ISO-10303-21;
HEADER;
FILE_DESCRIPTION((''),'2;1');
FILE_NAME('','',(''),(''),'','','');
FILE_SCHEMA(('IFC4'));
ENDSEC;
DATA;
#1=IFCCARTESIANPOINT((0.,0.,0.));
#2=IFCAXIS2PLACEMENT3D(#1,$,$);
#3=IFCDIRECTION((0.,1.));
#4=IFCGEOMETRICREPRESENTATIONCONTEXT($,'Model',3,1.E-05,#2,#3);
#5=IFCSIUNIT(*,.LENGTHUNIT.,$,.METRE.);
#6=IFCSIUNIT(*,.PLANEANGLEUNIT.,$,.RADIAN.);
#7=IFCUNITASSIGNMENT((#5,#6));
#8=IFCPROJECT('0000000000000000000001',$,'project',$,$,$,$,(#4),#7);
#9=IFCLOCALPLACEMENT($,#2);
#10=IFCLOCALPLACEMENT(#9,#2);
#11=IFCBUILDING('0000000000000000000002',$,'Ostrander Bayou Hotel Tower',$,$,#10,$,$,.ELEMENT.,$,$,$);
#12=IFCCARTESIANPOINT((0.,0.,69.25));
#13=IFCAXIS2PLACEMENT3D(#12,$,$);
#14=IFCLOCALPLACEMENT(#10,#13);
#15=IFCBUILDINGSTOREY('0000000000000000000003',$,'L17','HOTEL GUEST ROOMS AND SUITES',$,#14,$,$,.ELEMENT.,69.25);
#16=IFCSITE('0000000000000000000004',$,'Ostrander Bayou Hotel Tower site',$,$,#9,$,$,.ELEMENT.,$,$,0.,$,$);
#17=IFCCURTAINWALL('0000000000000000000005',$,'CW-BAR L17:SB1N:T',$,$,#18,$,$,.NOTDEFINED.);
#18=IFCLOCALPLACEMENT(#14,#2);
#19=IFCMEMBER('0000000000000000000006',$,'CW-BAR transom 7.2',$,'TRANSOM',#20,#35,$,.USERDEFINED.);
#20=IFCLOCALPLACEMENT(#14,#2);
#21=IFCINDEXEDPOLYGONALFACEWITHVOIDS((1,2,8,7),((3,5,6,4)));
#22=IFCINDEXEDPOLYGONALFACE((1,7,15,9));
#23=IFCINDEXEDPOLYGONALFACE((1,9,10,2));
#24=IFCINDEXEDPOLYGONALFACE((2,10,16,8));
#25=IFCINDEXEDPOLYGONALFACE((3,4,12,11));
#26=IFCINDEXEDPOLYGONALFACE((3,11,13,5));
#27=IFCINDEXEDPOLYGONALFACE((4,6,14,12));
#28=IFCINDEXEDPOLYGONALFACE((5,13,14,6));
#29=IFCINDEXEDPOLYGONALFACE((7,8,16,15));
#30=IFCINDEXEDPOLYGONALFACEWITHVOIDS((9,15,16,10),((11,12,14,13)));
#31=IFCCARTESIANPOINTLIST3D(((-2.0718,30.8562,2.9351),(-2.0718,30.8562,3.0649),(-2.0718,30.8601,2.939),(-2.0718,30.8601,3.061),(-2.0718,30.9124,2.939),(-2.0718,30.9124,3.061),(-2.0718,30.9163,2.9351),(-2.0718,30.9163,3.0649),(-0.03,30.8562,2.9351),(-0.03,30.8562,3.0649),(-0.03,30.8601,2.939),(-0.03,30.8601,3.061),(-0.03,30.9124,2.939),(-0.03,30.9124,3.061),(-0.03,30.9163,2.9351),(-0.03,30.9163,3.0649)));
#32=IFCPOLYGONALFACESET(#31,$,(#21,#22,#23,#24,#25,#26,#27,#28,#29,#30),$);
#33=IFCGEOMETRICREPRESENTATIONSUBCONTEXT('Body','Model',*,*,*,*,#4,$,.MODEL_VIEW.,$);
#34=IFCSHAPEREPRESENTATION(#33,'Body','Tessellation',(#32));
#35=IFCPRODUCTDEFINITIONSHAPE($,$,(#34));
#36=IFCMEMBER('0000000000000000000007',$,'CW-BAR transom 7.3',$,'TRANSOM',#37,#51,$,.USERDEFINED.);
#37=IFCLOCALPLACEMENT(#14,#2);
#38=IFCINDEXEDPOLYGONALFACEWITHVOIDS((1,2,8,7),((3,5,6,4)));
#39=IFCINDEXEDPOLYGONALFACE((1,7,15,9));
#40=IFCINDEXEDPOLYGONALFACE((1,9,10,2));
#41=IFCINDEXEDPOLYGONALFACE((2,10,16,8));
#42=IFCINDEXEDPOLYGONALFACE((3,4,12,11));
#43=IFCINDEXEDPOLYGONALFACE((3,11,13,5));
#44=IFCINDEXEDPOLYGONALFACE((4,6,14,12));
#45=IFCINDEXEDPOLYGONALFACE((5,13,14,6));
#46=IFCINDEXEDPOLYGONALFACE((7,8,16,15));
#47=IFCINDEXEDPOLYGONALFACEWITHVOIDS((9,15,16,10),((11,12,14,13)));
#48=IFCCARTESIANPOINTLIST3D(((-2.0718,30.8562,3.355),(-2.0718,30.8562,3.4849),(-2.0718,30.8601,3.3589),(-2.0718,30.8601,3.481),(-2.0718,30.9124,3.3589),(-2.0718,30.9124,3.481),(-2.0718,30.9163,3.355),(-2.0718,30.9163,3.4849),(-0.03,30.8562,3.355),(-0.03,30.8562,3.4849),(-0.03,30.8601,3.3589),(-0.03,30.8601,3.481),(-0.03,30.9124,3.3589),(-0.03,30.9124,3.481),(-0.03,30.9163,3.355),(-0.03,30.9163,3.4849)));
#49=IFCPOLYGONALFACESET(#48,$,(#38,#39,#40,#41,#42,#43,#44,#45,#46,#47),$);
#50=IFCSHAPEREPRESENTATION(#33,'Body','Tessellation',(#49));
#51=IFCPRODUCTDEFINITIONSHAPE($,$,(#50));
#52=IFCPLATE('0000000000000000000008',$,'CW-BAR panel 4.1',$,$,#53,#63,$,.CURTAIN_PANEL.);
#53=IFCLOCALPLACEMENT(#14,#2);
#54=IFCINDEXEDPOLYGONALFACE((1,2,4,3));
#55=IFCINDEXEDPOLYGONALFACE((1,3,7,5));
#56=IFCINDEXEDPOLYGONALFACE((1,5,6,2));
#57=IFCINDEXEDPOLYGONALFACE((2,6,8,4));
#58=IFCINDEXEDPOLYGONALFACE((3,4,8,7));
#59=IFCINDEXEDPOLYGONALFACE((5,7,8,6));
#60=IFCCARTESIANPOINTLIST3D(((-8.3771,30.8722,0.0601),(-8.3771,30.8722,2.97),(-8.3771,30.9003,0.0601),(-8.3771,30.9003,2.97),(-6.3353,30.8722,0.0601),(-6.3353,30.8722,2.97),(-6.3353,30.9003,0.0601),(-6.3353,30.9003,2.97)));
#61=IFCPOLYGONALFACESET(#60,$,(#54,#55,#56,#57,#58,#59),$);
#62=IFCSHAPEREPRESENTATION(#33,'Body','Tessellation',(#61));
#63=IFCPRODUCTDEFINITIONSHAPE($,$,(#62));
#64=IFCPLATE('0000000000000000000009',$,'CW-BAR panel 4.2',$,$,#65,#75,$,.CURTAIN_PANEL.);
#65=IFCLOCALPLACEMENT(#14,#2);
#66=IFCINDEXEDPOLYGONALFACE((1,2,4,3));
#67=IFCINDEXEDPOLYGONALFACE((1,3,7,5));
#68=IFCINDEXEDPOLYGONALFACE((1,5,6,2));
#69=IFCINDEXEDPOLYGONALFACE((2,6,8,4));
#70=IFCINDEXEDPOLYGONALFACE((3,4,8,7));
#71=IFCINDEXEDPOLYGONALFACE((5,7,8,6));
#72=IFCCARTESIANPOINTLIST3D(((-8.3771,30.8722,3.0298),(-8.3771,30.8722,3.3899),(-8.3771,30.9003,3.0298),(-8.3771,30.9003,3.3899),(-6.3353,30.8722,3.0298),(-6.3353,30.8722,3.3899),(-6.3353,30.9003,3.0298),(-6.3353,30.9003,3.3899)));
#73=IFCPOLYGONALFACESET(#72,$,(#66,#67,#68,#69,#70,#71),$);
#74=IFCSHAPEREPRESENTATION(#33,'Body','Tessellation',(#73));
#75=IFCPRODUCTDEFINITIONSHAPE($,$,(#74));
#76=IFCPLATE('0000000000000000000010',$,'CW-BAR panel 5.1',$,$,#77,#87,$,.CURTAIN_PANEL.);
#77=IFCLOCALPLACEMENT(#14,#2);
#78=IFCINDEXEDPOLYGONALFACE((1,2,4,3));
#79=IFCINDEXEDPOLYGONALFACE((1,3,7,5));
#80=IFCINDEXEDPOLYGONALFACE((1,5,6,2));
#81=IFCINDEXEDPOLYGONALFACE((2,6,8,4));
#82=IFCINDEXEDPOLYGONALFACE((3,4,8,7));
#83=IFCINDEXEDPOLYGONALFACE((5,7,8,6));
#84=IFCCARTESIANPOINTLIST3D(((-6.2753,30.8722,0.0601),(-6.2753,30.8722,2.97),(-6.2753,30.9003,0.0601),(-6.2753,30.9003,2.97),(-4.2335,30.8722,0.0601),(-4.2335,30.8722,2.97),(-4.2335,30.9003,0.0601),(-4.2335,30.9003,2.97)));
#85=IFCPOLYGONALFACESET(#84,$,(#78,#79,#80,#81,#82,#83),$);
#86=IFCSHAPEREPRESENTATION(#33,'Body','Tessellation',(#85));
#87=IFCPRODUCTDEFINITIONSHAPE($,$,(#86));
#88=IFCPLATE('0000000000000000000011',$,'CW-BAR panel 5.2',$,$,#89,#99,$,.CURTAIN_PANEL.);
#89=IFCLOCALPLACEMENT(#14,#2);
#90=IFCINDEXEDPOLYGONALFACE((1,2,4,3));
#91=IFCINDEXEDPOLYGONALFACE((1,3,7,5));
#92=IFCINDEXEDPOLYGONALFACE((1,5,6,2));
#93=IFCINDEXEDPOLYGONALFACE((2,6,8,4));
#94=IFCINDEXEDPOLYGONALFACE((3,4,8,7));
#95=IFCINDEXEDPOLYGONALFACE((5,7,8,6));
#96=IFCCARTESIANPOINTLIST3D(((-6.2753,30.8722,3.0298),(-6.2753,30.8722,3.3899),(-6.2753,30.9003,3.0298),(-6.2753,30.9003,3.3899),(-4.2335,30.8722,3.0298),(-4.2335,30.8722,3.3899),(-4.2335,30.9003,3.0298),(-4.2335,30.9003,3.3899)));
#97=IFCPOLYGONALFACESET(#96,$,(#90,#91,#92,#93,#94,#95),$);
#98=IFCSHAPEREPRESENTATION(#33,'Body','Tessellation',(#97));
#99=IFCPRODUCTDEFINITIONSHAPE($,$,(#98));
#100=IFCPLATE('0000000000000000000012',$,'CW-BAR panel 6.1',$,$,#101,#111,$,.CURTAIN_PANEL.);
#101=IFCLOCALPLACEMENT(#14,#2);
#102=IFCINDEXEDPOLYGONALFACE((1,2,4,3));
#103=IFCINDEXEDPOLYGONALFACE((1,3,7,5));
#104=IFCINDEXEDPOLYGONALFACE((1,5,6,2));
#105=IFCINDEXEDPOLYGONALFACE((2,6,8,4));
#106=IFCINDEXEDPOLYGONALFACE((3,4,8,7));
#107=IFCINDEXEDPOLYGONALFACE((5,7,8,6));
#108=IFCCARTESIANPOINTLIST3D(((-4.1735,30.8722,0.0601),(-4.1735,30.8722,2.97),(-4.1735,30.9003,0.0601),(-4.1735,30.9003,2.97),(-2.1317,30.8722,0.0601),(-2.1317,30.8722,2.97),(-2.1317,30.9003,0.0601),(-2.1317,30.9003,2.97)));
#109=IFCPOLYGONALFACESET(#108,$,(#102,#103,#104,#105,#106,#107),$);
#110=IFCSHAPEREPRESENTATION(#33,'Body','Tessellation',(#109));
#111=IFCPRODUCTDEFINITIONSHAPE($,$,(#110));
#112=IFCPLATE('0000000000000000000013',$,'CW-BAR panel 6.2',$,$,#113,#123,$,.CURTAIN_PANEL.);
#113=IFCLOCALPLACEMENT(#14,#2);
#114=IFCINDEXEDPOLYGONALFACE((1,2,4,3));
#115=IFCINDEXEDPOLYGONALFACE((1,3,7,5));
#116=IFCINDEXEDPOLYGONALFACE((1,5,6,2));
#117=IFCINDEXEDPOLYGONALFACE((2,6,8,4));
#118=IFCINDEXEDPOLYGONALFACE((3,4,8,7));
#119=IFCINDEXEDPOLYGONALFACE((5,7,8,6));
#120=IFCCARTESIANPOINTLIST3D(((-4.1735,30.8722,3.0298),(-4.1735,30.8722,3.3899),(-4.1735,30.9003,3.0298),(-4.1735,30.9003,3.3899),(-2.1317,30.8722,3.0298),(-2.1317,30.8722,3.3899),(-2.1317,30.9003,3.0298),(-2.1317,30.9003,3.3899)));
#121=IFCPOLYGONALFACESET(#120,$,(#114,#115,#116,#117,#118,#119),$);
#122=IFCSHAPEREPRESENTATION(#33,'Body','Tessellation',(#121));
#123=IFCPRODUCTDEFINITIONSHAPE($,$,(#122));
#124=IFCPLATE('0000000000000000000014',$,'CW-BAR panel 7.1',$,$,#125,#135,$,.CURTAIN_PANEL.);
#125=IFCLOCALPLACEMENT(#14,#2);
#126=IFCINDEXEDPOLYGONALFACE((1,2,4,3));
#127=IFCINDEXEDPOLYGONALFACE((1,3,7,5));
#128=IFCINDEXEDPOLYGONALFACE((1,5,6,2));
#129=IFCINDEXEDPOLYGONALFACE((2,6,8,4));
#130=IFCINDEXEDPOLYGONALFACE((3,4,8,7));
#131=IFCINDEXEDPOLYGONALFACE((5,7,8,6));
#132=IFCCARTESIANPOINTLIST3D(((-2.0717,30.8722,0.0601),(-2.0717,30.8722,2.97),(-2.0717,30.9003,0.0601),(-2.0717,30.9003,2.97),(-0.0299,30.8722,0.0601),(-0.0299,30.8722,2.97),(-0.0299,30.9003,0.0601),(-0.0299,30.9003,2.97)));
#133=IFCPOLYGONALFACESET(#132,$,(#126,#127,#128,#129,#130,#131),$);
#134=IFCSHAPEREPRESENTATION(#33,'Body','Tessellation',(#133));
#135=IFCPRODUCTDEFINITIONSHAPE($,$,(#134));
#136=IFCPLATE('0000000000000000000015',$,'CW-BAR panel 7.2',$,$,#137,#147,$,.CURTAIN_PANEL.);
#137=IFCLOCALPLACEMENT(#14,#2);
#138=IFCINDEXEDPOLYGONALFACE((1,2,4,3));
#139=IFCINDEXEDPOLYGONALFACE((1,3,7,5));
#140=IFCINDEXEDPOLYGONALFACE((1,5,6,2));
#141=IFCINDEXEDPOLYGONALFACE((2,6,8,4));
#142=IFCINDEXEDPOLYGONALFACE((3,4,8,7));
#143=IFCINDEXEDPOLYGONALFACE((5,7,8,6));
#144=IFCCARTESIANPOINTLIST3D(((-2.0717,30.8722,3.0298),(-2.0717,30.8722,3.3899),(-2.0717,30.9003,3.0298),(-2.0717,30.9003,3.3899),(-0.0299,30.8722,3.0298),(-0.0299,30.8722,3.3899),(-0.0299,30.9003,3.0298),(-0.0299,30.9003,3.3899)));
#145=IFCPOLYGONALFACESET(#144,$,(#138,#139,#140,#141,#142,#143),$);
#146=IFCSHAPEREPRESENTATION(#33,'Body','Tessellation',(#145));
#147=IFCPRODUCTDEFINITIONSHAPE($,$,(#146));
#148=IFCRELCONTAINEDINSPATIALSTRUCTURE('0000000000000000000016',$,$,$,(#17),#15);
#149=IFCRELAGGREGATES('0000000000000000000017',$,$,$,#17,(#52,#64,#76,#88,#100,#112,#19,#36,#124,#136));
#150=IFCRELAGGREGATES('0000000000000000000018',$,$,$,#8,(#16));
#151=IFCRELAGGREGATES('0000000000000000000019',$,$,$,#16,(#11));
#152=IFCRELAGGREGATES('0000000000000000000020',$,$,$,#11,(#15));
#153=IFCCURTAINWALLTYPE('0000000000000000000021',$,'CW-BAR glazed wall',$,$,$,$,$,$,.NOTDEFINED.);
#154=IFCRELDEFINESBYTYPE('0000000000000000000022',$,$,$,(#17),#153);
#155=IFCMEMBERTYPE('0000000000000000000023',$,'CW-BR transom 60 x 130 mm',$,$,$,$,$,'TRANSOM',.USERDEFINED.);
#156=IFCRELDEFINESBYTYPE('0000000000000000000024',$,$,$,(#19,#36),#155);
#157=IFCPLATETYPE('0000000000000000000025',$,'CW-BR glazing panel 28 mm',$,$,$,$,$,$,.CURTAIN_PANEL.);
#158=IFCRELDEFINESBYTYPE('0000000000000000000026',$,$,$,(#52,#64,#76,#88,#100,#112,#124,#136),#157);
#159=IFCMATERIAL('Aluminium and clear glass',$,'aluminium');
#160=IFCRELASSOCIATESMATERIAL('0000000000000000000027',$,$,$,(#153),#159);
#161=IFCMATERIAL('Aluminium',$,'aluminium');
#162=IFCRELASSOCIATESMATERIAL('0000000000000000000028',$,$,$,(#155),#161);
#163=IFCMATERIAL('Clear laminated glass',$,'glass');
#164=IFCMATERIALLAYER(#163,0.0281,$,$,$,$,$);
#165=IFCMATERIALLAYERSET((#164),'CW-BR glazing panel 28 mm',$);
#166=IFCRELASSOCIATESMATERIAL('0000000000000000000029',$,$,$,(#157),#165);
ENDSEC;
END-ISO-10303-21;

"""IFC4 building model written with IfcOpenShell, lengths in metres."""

from ifc_helpers import new_model, si_unit, direction, frame, origin, origin_2d, place, context, subcontext, project, spatial, rectangle, hollow_rectangle, extrude, material, layer, layer_set, material_profile, profile_set, type_object, element, aggregate, save


model = new_model("IFC4")

# Units and contexts
model_context = context("Model", 3, precision=1e-05, world=origin(), true_north=direction((0.0, 1.0)))
body_context = subcontext(model_context, "Body", "Model", "MODEL_VIEW")
ifc_project = project(units=[si_unit("LENGTHUNIT", "METRE"), si_unit("PLANEANGLEUNIT", "RADIAN")], contexts=[model_context])

# Site, building, storey
site_placement = place(None, origin())
site = spatial("IfcSite", under=ifc_project, at=site_placement, Name="Ostrander Bayou Hotel Tower site", CompositionType="ELEMENT", RefElevation=0.0)
building_placement = place(site_placement, origin())
building = spatial("IfcBuilding", under=site, at=building_placement, Name="Ostrander Bayou Hotel Tower", CompositionType="ELEMENT")
storey_placement = place(building_placement, frame((0.0, 0.0, 69.25)))
storey = spatial("IfcBuildingStorey", under=building, at=storey_placement, Name="L17", Description="HOTEL GUEST ROOMS AND SUITES", CompositionType="ELEMENT", Elevation=69.25)

# Curtain wall, members, plates
ifc_material_1 = material(Name="Aluminium and clear glass", Category="aluminium")
curtain_wall_type = type_object("IfcCurtainWallType", Name="CW-BAR glazed wall", PredefinedType="NOTDEFINED", material=ifc_material_1)
curtain_wall_placement = place(storey_placement, origin())
curtain_wall = element("IfcCurtainWall", 1, at=curtain_wall_placement, inside=storey, type_object=curtain_wall_type, Name="CW-BAR L17:SB1N:T", PredefinedType="NOTDEFINED")
ifc_material_2 = material(Name="Aluminium", Category="aluminium")
ifc_material_profile_1 = material_profile(ifc_material_2, hollow_rectangle(XDim=0.0601, YDim=0.1299, WallThickness=0.0039, at=origin_2d()))
ifc_profile_set_1 = profile_set([ifc_material_profile_1], Name="Aluminium")
member_type_1 = type_object("IfcMemberType", Name="CW-BR transom 60 x 130 mm", ElementType="TRANSOM", PredefinedType="USERDEFINED", material=ifc_profile_set_1)
member_1_placement = place(storey_placement, frame((-2.0718, 30.8862, 3.0), z_axis=(1.0, 0.0, 0.0), x_axis=(0.0, 1.0, 0.0)))
member_1 = element("IfcMember", 2, at=member_1_placement, type_object=member_type_1, Name="CW-BAR transom 7.2", ObjectType="TRANSOM", PredefinedType="USERDEFINED", context=body_context, shape_type="SweptSolid", body=[
    extrude(hollow_rectangle(XDim=0.0601, YDim=0.1299, WallThickness=0.0039, at=origin_2d()), origin(), (0.0, 0.0, 1.0), 2.0417),
])
member_2_placement = place(storey_placement, frame((-2.0718, 30.8862, 3.4199), z_axis=(1.0, 0.0, 0.0), x_axis=(0.0, 1.0, 0.0)))
member_2 = element("IfcMember", 3, at=member_2_placement, type_object=member_type_1, Name="CW-BAR transom 7.3", ObjectType="TRANSOM", PredefinedType="USERDEFINED", context=body_context, shape_type="SweptSolid", body=[
    extrude(hollow_rectangle(XDim=0.0601, YDim=0.1299, WallThickness=0.0039, at=origin_2d()), origin(), (0.0, 0.0, 1.0), 2.0417),
])
ifc_material_3 = material(Name="Clear laminated glass", Category="glass")
ifc_layer = layer(ifc_material_3, 0.0281)
ifc_layer_set = layer_set([ifc_layer], Name="CW-BR glazing panel 28 mm")
plate_type = type_object("IfcPlateType", Name="CW-BR glazing panel 28 mm", PredefinedType="CURTAIN_PANEL", material=ifc_layer_set)
plate_1_placement = place(storey_placement, frame((-7.3562, 30.8862, 0.0601), z_axis=(0.0, 0.0, 1.0), x_axis=(1.0, 0.0, 0.0)))
plate_1 = element("IfcPlate", 4, at=plate_1_placement, type_object=plate_type, Name="CW-BAR panel 4.1", PredefinedType="CURTAIN_PANEL", context=body_context, shape_type="SweptSolid", body=[
    extrude(rectangle(XDim=2.0417, YDim=0.0281, at=origin_2d()), origin(), (0.0, 0.0, 1.0), 2.9099),
])
plate_2_placement = place(storey_placement, frame((-7.3562, 30.8862, 3.0298), z_axis=(0.0, 0.0, 1.0), x_axis=(1.0, 0.0, 0.0)))
plate_2 = element("IfcPlate", 5, at=plate_2_placement, type_object=plate_type, Name="CW-BAR panel 4.2", PredefinedType="CURTAIN_PANEL", context=body_context, shape_type="SweptSolid", body=[
    extrude(rectangle(XDim=2.0417, YDim=0.0281, at=origin_2d()), origin(), (0.0, 0.0, 1.0), 0.3601),
])
plate_3_placement = place(storey_placement, frame((-5.2544, 30.8862, 0.0601), z_axis=(0.0, 0.0, 1.0), x_axis=(1.0, 0.0, 0.0)))
plate_3 = element("IfcPlate", 6, at=plate_3_placement, type_object=plate_type, Name="CW-BAR panel 5.1", PredefinedType="CURTAIN_PANEL", context=body_context, shape_type="SweptSolid", body=[
    extrude(rectangle(XDim=2.0417, YDim=0.0281, at=origin_2d()), origin(), (0.0, 0.0, 1.0), 2.9099),
])
plate_4_placement = place(storey_placement, frame((-5.2544, 30.8862, 3.0298), z_axis=(0.0, 0.0, 1.0), x_axis=(1.0, 0.0, 0.0)))
plate_4 = element("IfcPlate", 7, at=plate_4_placement, type_object=plate_type, Name="CW-BAR panel 5.2", PredefinedType="CURTAIN_PANEL", context=body_context, shape_type="SweptSolid", body=[
    extrude(rectangle(XDim=2.0417, YDim=0.0281, at=origin_2d()), origin(), (0.0, 0.0, 1.0), 0.3601),
])
plate_5_placement = place(storey_placement, frame((-3.1526, 30.8862, 0.0601), z_axis=(0.0, 0.0, 1.0), x_axis=(1.0, 0.0, 0.0)))
plate_5 = element("IfcPlate", 8, at=plate_5_placement, type_object=plate_type, Name="CW-BAR panel 6.1", PredefinedType="CURTAIN_PANEL", context=body_context, shape_type="SweptSolid", body=[
    extrude(rectangle(XDim=2.0417, YDim=0.0281, at=origin_2d()), origin(), (0.0, 0.0, 1.0), 2.9099),
])
plate_6_placement = place(storey_placement, frame((-3.1526, 30.8862, 3.0298), z_axis=(0.0, 0.0, 1.0), x_axis=(1.0, 0.0, 0.0)))
plate_6 = element("IfcPlate", 9, at=plate_6_placement, type_object=plate_type, Name="CW-BAR panel 6.2", PredefinedType="CURTAIN_PANEL", context=body_context, shape_type="SweptSolid", body=[
    extrude(rectangle(XDim=2.0417, YDim=0.0281, at=origin_2d()), origin(), (0.0, 0.0, 1.0), 0.3601),
])
plate_7_placement = place(storey_placement, frame((-1.0508, 30.8862, 0.0601), z_axis=(0.0, 0.0, 1.0), x_axis=(1.0, 0.0, 0.0)))
plate_7 = element("IfcPlate", 10, at=plate_7_placement, type_object=plate_type, Name="CW-BAR panel 7.1", PredefinedType="CURTAIN_PANEL", context=body_context, shape_type="SweptSolid", body=[
    extrude(rectangle(XDim=2.0417, YDim=0.0281, at=origin_2d()), origin(), (0.0, 0.0, 1.0), 2.9099),
])
plate_8_placement = place(storey_placement, frame((-1.0508, 30.8862, 3.0298), z_axis=(0.0, 0.0, 1.0), x_axis=(1.0, 0.0, 0.0)))
plate_8 = element("IfcPlate", 11, at=plate_8_placement, type_object=plate_type, Name="CW-BAR panel 7.2", PredefinedType="CURTAIN_PANEL", context=body_context, shape_type="SweptSolid", body=[
    extrude(rectangle(XDim=2.0417, YDim=0.0281, at=origin_2d()), origin(), (0.0, 0.0, 1.0), 0.3601),
])
aggregate(curtain_wall, [plate_1, plate_2, plate_3, plate_4, plate_5, plate_6, member_1, member_2, plate_7, plate_8])

save(model, "model.ifc")
